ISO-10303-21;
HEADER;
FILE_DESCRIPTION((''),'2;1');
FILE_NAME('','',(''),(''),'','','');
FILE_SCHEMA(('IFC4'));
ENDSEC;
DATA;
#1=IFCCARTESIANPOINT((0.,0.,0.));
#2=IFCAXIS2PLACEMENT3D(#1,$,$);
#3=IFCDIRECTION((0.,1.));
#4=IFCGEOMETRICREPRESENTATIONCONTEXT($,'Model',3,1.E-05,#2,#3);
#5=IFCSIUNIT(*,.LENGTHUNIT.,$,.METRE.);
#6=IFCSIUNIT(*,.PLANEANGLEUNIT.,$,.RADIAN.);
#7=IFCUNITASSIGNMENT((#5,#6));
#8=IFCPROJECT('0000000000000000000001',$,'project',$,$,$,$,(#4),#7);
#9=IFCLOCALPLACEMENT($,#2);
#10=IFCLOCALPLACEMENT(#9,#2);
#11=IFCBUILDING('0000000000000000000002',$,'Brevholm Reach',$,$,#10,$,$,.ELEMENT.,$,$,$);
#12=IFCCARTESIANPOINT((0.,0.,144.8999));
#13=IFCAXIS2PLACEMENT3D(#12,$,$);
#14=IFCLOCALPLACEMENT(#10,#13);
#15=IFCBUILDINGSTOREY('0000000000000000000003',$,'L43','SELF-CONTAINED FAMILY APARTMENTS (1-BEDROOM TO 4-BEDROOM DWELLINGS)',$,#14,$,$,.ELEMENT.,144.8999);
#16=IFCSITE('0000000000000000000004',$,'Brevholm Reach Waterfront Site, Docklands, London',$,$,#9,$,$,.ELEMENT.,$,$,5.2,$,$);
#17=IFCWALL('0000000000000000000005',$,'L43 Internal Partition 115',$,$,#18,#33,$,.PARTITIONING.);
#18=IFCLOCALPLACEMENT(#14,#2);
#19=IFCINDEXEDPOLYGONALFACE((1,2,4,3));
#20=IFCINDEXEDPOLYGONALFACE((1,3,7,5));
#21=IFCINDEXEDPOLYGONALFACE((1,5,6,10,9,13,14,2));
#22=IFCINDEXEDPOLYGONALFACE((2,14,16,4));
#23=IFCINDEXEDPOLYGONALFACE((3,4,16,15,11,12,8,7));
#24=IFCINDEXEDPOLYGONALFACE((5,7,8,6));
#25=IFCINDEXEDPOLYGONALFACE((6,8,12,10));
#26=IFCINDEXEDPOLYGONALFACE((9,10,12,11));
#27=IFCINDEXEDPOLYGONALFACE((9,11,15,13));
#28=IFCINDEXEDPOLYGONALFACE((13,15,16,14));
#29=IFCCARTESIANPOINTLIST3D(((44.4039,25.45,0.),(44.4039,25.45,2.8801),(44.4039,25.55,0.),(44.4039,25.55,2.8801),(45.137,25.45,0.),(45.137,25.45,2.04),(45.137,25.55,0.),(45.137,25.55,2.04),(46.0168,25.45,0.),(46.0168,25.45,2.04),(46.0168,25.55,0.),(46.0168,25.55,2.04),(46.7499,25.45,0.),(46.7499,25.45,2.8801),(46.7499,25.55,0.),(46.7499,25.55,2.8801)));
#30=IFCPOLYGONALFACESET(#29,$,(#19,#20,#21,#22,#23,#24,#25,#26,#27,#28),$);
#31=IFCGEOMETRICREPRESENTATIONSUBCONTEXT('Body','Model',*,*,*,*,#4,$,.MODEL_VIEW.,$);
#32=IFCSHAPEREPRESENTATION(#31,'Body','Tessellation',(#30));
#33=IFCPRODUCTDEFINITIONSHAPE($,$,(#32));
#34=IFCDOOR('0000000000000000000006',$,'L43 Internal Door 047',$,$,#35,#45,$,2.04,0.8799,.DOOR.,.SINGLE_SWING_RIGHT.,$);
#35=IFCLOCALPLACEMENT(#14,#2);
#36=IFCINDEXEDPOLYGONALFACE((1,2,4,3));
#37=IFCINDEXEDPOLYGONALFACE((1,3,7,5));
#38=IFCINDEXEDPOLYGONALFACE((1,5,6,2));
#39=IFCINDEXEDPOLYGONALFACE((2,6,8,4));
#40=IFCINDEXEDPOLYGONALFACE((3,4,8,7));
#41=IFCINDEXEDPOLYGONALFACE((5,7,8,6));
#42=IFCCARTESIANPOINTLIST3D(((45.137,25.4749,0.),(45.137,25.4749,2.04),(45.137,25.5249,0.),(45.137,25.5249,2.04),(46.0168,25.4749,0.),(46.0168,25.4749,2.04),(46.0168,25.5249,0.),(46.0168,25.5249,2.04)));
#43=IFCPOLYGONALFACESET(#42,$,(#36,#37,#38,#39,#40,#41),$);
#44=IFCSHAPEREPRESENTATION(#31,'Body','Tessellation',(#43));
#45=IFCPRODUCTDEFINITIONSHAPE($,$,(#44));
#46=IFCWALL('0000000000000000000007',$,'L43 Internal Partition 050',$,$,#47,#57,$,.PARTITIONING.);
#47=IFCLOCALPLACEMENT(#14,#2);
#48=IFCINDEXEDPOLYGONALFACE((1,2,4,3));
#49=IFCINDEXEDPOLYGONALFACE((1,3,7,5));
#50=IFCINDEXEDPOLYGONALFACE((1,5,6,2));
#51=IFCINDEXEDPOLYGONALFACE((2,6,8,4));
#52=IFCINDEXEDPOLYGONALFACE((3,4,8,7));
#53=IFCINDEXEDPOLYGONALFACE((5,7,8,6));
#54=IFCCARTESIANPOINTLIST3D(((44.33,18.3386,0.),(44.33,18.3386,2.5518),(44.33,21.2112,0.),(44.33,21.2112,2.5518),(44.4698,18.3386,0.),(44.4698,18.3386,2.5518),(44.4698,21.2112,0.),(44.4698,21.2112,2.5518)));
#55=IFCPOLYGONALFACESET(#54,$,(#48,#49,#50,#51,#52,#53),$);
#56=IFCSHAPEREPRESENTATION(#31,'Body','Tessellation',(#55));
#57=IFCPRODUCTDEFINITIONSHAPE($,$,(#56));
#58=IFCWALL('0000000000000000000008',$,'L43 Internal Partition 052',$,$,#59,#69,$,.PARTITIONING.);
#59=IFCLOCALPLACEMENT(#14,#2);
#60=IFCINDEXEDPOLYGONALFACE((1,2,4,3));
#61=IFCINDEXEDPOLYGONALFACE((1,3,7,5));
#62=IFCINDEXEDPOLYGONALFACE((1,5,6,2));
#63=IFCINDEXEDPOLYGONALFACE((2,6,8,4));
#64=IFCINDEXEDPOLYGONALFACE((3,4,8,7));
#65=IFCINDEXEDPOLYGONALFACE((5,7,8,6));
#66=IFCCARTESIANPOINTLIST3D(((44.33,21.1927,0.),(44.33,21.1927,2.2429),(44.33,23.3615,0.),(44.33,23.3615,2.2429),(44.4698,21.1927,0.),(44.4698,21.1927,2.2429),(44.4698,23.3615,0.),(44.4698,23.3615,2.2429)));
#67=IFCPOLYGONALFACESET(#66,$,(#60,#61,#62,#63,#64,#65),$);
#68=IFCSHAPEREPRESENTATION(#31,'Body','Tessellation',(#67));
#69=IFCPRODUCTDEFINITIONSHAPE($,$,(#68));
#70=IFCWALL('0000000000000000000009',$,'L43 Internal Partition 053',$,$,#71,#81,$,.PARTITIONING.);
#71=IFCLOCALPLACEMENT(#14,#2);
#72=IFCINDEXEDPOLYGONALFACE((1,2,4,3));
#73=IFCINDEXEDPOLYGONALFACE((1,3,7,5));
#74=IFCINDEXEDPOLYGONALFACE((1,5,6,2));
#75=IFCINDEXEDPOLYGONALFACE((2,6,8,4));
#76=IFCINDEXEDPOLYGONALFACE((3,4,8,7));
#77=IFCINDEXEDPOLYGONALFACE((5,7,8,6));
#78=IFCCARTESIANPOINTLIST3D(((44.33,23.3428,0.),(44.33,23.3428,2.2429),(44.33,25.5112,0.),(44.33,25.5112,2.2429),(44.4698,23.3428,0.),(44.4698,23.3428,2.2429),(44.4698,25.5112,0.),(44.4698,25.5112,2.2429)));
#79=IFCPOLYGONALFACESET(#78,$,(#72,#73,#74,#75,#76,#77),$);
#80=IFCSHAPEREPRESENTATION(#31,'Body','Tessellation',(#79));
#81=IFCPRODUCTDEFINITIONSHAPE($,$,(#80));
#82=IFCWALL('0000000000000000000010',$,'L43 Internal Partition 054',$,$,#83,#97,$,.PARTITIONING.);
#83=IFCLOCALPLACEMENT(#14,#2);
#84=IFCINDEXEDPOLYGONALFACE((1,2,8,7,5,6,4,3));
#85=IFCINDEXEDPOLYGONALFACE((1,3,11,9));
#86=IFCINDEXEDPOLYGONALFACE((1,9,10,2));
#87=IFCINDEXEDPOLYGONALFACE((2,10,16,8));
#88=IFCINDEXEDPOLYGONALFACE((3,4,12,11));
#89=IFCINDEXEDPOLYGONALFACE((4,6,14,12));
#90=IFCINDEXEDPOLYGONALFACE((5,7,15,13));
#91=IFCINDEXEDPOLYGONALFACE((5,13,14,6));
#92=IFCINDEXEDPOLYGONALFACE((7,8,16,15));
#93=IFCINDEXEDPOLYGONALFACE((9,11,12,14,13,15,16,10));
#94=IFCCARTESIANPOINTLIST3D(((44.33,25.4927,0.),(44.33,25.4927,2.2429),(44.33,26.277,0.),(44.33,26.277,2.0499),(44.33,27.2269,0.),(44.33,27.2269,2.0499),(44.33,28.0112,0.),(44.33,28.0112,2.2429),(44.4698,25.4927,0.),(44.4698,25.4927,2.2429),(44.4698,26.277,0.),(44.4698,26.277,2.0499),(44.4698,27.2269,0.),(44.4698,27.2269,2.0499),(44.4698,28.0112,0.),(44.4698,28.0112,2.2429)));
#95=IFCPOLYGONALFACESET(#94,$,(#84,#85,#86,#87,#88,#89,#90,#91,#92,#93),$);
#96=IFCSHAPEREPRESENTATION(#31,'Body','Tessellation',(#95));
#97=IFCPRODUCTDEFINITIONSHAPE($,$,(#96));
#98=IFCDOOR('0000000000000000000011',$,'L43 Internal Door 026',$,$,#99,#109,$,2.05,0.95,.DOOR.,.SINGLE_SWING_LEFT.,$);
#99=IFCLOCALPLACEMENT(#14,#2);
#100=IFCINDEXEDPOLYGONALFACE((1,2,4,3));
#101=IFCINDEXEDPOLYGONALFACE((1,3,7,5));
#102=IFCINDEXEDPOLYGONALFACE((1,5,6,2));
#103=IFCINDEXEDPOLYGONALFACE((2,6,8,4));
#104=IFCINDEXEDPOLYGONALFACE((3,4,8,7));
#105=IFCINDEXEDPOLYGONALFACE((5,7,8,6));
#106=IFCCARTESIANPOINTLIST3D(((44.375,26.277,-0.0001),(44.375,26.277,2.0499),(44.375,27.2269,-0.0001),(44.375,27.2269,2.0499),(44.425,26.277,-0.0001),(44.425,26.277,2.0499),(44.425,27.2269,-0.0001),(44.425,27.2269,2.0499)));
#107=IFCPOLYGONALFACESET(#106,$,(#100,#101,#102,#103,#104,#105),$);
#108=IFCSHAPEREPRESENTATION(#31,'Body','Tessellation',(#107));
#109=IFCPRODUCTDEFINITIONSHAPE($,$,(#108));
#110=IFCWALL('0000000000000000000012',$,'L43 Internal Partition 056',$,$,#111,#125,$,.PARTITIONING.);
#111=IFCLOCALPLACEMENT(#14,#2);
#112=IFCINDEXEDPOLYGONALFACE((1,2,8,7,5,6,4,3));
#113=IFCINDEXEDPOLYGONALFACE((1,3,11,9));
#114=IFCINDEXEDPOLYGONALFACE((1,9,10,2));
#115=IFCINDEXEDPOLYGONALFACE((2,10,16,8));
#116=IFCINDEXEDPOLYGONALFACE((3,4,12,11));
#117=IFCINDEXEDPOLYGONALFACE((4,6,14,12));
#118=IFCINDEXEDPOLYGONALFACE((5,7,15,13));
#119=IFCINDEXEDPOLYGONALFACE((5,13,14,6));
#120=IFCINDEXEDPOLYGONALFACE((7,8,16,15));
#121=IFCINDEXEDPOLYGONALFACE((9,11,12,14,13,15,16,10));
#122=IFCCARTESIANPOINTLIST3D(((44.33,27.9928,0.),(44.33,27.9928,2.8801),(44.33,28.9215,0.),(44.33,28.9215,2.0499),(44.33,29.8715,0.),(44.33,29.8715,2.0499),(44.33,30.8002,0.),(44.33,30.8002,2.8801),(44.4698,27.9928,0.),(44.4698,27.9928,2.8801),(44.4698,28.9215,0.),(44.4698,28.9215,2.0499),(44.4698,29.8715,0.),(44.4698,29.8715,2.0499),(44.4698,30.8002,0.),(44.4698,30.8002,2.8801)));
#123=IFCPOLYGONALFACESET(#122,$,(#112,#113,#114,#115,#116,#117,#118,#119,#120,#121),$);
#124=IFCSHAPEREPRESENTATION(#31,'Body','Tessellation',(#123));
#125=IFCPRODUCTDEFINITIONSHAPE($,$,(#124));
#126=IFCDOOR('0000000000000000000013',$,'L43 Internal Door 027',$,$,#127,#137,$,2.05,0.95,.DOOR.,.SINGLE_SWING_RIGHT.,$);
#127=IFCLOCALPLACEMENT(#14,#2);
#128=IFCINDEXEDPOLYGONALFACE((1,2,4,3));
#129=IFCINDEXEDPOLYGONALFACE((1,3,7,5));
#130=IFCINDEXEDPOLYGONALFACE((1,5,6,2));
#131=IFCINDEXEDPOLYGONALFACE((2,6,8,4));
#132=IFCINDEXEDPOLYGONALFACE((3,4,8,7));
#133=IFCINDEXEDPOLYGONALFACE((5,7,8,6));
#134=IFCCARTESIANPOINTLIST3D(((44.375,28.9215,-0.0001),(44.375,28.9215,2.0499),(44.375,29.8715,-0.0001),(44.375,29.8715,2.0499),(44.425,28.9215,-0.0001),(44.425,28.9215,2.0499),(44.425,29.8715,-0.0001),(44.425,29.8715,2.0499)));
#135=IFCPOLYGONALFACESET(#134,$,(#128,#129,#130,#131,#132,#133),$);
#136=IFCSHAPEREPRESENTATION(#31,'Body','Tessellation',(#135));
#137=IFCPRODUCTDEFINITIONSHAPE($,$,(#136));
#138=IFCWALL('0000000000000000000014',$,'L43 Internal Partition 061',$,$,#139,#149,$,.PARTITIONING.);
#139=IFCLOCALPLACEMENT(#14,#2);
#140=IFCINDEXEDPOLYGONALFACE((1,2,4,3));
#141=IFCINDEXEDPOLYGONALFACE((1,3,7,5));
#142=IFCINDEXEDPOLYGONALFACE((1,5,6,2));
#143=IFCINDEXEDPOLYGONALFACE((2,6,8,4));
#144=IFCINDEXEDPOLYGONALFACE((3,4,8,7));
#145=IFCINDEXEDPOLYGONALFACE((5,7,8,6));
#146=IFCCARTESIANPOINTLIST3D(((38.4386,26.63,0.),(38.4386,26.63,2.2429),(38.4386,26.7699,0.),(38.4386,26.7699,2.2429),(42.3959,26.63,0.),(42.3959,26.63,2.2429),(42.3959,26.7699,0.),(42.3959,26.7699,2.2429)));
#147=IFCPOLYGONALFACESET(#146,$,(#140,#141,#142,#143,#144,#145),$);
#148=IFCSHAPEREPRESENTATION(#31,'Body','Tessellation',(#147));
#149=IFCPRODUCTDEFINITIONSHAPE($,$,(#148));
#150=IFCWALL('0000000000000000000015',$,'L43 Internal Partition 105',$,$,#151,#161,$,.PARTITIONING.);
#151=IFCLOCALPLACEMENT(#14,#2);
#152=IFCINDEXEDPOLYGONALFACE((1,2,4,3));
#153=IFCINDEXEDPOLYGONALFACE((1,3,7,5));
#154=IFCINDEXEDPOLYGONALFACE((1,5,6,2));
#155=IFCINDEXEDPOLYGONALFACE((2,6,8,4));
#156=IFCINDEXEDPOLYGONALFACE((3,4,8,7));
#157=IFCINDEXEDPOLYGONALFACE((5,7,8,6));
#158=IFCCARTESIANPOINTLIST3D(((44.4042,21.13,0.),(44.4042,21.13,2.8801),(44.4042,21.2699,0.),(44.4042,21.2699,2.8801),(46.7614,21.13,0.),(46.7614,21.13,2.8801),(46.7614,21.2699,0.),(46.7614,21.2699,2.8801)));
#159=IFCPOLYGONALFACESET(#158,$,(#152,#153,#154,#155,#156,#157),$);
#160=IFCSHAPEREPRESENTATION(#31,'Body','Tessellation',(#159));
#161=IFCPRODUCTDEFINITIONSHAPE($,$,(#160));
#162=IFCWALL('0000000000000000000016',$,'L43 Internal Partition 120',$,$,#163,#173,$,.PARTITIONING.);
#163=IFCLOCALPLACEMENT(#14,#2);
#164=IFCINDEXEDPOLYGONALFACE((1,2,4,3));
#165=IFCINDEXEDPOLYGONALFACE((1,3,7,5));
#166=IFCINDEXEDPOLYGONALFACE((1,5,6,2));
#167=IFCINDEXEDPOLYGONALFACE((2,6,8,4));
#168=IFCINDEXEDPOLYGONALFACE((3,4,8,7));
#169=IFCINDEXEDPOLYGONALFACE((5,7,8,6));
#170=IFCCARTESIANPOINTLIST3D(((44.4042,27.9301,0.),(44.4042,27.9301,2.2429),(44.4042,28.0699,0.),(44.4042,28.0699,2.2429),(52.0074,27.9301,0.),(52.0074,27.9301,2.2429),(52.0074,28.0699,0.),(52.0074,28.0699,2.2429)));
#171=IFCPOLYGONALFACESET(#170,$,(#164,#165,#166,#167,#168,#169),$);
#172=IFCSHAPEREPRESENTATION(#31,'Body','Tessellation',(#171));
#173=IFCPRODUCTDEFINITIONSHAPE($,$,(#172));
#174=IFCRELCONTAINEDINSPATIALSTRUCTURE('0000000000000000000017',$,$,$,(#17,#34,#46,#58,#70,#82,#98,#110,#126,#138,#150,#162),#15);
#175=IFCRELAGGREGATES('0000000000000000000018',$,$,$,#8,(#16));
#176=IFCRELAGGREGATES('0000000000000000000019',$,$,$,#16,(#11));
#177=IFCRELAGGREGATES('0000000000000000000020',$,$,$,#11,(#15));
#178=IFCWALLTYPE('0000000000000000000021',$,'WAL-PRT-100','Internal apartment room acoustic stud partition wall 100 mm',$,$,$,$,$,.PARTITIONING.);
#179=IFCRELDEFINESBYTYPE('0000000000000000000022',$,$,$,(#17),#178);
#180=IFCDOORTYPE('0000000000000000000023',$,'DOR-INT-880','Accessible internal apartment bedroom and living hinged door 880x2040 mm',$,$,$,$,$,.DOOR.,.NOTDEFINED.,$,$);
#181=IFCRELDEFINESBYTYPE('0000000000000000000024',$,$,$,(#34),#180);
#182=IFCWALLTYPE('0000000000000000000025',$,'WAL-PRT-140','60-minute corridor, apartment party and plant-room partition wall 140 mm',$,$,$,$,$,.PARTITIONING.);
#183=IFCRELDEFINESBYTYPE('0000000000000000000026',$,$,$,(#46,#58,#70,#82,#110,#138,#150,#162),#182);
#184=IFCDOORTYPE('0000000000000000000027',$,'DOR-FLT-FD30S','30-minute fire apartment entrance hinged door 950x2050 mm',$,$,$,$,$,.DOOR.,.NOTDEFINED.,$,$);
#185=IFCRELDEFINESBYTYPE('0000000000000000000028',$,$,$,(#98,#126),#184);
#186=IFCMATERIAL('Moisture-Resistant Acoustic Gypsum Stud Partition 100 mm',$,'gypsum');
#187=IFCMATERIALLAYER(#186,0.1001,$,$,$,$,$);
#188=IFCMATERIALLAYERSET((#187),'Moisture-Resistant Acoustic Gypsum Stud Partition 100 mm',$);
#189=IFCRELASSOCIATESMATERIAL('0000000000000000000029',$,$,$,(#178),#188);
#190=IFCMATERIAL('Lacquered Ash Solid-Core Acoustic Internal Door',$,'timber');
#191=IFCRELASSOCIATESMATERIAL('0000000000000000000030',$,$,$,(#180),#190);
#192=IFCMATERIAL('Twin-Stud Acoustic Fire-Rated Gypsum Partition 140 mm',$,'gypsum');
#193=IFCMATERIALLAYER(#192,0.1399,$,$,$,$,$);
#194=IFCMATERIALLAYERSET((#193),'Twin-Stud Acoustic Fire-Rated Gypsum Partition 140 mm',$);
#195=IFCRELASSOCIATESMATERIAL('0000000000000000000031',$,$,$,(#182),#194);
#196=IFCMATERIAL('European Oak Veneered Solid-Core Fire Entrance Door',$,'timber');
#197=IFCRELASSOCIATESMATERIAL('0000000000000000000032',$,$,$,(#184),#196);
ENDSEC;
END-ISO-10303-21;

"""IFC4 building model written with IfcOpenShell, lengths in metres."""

from ifc_helpers import new_model, si_unit, direction, frame, frame_2d, origin, place, context, subcontext, project, spatial, rectangle, extrude, material, layer, layer_set, type_object, element, fill, save


model = new_model("IFC4")

# Units and contexts
model_context = context("Model", 3, precision=1e-05, world=origin(), true_north=direction((0.0, 1.0)))
body_context = subcontext(model_context, "Body", "Model", "MODEL_VIEW")
ifc_project = project(units=[si_unit("LENGTHUNIT", "METRE"), si_unit("PLANEANGLEUNIT", "RADIAN")], contexts=[model_context])

# Site, building, storey
site_placement = place(None, origin())
site = spatial("IfcSite", under=ifc_project, at=site_placement, Name="Brevholm Reach Waterfront Site, Docklands, London", CompositionType="ELEMENT", RefElevation=5.2)
building_placement = place(site_placement, origin())
building = spatial("IfcBuilding", under=site, at=building_placement, Name="Brevholm Reach", CompositionType="ELEMENT")
storey_placement = place(building_placement, frame((0.0, 0.0, 144.8999)))
storey = spatial("IfcBuildingStorey", under=building, at=storey_placement, Name="L43", Description="SELF-CONTAINED FAMILY APARTMENTS (1-BEDROOM TO 4-BEDROOM DWELLINGS)", CompositionType="ELEMENT", Elevation=144.8999)

# Shared definitions
ifc_material_1 = material(Name="Moisture-Resistant Acoustic Gypsum Stud Partition 100 mm", Category="gypsum")
ifc_layer_1 = layer(ifc_material_1, 0.1001)
ifc_layer_set_1 = layer_set([ifc_layer_1], Name="Moisture-Resistant Acoustic Gypsum Stud Partition 100 mm")
wall_type_1 = type_object("IfcWallType", Name="WAL-PRT-100", Description="Internal apartment room acoustic stud partition wall 100 mm", PredefinedType="PARTITIONING", material=ifc_layer_set_1)
ifc_material_2 = material(Name="Lacquered Ash Solid-Core Acoustic Internal Door", Category="timber")
door_type_1 = type_object("IfcDoorType", Name="DOR-INT-880", Description="Accessible internal apartment bedroom and living hinged door 880x2040 mm", OperationType="NOTDEFINED", PredefinedType="DOOR", material=ifc_material_2)

# Wall, opening, door
wall_1_placement = place(storey_placement, frame((44.4041, 25.5, 0.0), z_axis=(0.0, 0.0, 1.0), x_axis=(1.0, 0.0, 0.0)))
wall_1 = element("IfcWall", 1, at=wall_1_placement, inside=storey, type_object=wall_type_1, Name="L43 Internal Partition 115", PredefinedType="PARTITIONING", context=body_context, shape_type="SweptSolid", body=[
    extrude(rectangle(XDim=2.3459, YDim=0.1001, at=frame_2d((1.1729, 0.0))), origin(), (0.0, 0.0, 1.0), 2.8801),
])
opening_1_placement = place(wall_1_placement, frame((0.7329, 0.0, 0.0)))
opening_1 = element("IfcOpeningElement", 2, at=opening_1_placement, cuts=wall_1, PredefinedType="OPENING", context=body_context, shape_type="SweptSolid", body=[
    extrude(rectangle(XDim=0.8799, YDim=2.04, at=frame_2d((0.4399, 1.02))), frame((0.0, 0.0601, 0.0), z_axis=(0.0, -1.0, 0.0), x_axis=(1.0, 0.0, 0.0)), (0.0, 0.0, 1.0), 0.1201),
])
door_1_placement = place(opening_1_placement, origin())
door_1 = element("IfcDoor", 3, at=door_1_placement, inside=storey, type_object=door_type_1, Name="L43 Internal Door 047", OperationType="SINGLE_SWING_RIGHT", OverallHeight=2.04, OverallWidth=0.8799, PredefinedType="DOOR", context=body_context, shape_type="SweptSolid", body=[
    extrude(rectangle(XDim=0.8799, YDim=2.04, at=frame_2d((0.4399, 1.02))), frame((0.0, 0.0249, 0.0), z_axis=(0.0, -1.0, 0.0), x_axis=(1.0, 0.0, 0.0)), (0.0, 0.0, 1.0), 0.05),
])
fill(opening_1, door_1)

# Walls
ifc_material_3 = material(Name="Twin-Stud Acoustic Fire-Rated Gypsum Partition 140 mm", Category="gypsum")
ifc_layer_2 = layer(ifc_material_3, 0.1399)
ifc_layer_set_2 = layer_set([ifc_layer_2], Name="Twin-Stud Acoustic Fire-Rated Gypsum Partition 140 mm")
wall_type_2 = type_object("IfcWallType", Name="WAL-PRT-140", Description="60-minute corridor, apartment party and plant-room partition wall 140 mm", PredefinedType="PARTITIONING", material=ifc_layer_set_2)
wall_2_placement = place(storey_placement, frame((44.3999, 18.3386, 0.0), z_axis=(0.0, 0.0, 1.0), x_axis=(0.0, 1.0, 0.0)))
element("IfcWall", 4, at=wall_2_placement, inside=storey, type_object=wall_type_2, Name="L43 Internal Partition 050", PredefinedType="PARTITIONING", context=body_context, shape_type="SweptSolid", body=[
    extrude(rectangle(XDim=2.8726, YDim=0.1399, at=frame_2d((1.4363, 0.0))), origin(), (0.0, 0.0, 1.0), 2.5518),
])
wall_3_placement = place(storey_placement, frame((44.3999, 21.1926, 0.0), z_axis=(0.0, 0.0, 1.0), x_axis=(0.0, 1.0, 0.0)))
element("IfcWall", 5, at=wall_3_placement, inside=storey, type_object=wall_type_2, Name="L43 Internal Partition 052", PredefinedType="PARTITIONING", context=body_context, shape_type="SweptSolid", body=[
    extrude(rectangle(XDim=2.1687, YDim=0.1399, at=frame_2d((1.0845, 0.0))), origin(), (0.0, 0.0, 1.0), 2.2429),
])
wall_4_placement = place(storey_placement, frame((44.3999, 23.3428, 0.0), z_axis=(0.0, 0.0, 1.0), x_axis=(0.0, 1.0, 0.0)))
element("IfcWall", 6, at=wall_4_placement, inside=storey, type_object=wall_type_2, Name="L43 Internal Partition 053", PredefinedType="PARTITIONING", context=body_context, shape_type="SweptSolid", body=[
    extrude(rectangle(XDim=2.1685, YDim=0.1399, at=frame_2d((1.0842, 0.0))), origin(), (0.0, 0.0, 1.0), 2.2429),
])

# Walls, openings, doors
wall_5_placement = place(storey_placement, frame((44.3999, 25.4927, 0.0), z_axis=(0.0, 0.0, 1.0), x_axis=(0.0, 1.0, 0.0)))
wall_5 = element("IfcWall", 7, at=wall_5_placement, inside=storey, type_object=wall_type_2, Name="L43 Internal Partition 054", PredefinedType="PARTITIONING", context=body_context, shape_type="SweptSolid", body=[
    extrude(rectangle(XDim=2.5186, YDim=0.1399, at=frame_2d((1.2593, 0.0))), origin(), (0.0, 0.0, 1.0), 2.2429),
])
opening_2_placement = place(wall_5_placement, frame((0.7842, 0.0, 0.0)))
opening_2 = element("IfcOpeningElement", 8, at=opening_2_placement, cuts=wall_5, PredefinedType="OPENING", context=body_context, shape_type="SweptSolid", body=[
    extrude(rectangle(XDim=0.95, YDim=2.05, at=frame_2d((0.4751, 1.0249))), frame((0.0, 0.0798, 0.0), z_axis=(0.0, -1.0, 0.0), x_axis=(1.0, 0.0, 0.0)), (0.0, 0.0, 1.0), 0.1599),
])
ifc_material_4 = material(Name="European Oak Veneered Solid-Core Fire Entrance Door", Category="timber")
door_type_2 = type_object("IfcDoorType", Name="DOR-FLT-FD30S", Description="30-minute fire apartment entrance hinged door 950x2050 mm", OperationType="NOTDEFINED", PredefinedType="DOOR", material=ifc_material_4)
door_2_placement = place(opening_2_placement, origin())
door_2 = element("IfcDoor", 9, at=door_2_placement, inside=storey, type_object=door_type_2, Name="L43 Internal Door 026", OperationType="SINGLE_SWING_LEFT", OverallHeight=2.05, OverallWidth=0.95, PredefinedType="DOOR", context=body_context, shape_type="SweptSolid", body=[
    extrude(rectangle(XDim=0.95, YDim=2.05, at=frame_2d((0.4751, 1.0249))), frame((0.0, 0.0249, 0.0), z_axis=(0.0, -1.0, 0.0), x_axis=(1.0, 0.0, 0.0)), (0.0, 0.0, 1.0), 0.05),
])
fill(opening_2, door_2)
wall_6_placement = place(storey_placement, frame((44.3999, 27.9927, 0.0), z_axis=(0.0, 0.0, 1.0), x_axis=(0.0, 1.0, 0.0)))
wall_6 = element("IfcWall", 10, at=wall_6_placement, inside=storey, type_object=wall_type_2, Name="L43 Internal Partition 056", PredefinedType="PARTITIONING", context=body_context, shape_type="SweptSolid", body=[
    extrude(rectangle(XDim=2.8074, YDim=0.1399, at=frame_2d((1.4038, 0.0))), origin(), (0.0, 0.0, 1.0), 2.8801),
])
opening_3_placement = place(wall_6_placement, frame((0.9287, 0.0, 0.0)))
opening_3 = element("IfcOpeningElement", 11, at=opening_3_placement, cuts=wall_6, PredefinedType="OPENING", context=body_context, shape_type="SweptSolid", body=[
    extrude(rectangle(XDim=0.95, YDim=2.05, at=frame_2d((0.4751, 1.0249))), frame((0.0, 0.0798, 0.0), z_axis=(0.0, -1.0, 0.0), x_axis=(1.0, 0.0, 0.0)), (0.0, 0.0, 1.0), 0.1599),
])
door_3_placement = place(opening_3_placement, origin())
door_3 = element("IfcDoor", 12, at=door_3_placement, inside=storey, type_object=door_type_2, Name="L43 Internal Door 027", OperationType="SINGLE_SWING_RIGHT", OverallHeight=2.05, OverallWidth=0.95, PredefinedType="DOOR", context=body_context, shape_type="SweptSolid", body=[
    extrude(rectangle(XDim=0.95, YDim=2.05, at=frame_2d((0.4751, 1.0249))), frame((0.0, 0.0249, 0.0), z_axis=(0.0, -1.0, 0.0), x_axis=(1.0, 0.0, 0.0)), (0.0, 0.0, 1.0), 0.05),
])
fill(opening_3, door_3)

# Walls
wall_7_placement = place(storey_placement, frame((38.4387, 26.7, 0.0), z_axis=(0.0, 0.0, 1.0), x_axis=(1.0, 0.0, 0.0)))
element("IfcWall", 13, at=wall_7_placement, inside=storey, type_object=wall_type_2, Name="L43 Internal Partition 061", PredefinedType="PARTITIONING", context=body_context, shape_type="SweptSolid", body=[
    extrude(rectangle(XDim=3.9573, YDim=0.1399, at=frame_2d((1.9785, 0.0))), origin(), (0.0, 0.0, 1.0), 2.2429),
])
wall_8_placement = place(storey_placement, frame((44.4041, 21.2, 0.0), z_axis=(0.0, 0.0, 1.0), x_axis=(1.0, 0.0, 0.0)))
element("IfcWall", 14, at=wall_8_placement, inside=storey, type_object=wall_type_2, Name="L43 Internal Partition 105", PredefinedType="PARTITIONING", context=body_context, shape_type="SweptSolid", body=[
    extrude(rectangle(XDim=2.3572, YDim=0.1399, at=frame_2d((1.1787, 0.0))), origin(), (0.0, 0.0, 1.0), 2.8801),
])
wall_9_placement = place(storey_placement, frame((44.4041, 28.0, 0.0), z_axis=(0.0, 0.0, 1.0), x_axis=(1.0, 0.0, 0.0)))
element("IfcWall", 15, at=wall_9_placement, inside=storey, type_object=wall_type_2, Name="L43 Internal Partition 120", PredefinedType="PARTITIONING", context=body_context, shape_type="SweptSolid", body=[
    extrude(rectangle(XDim=7.6033, YDim=0.1399, at=frame_2d((3.8018, 0.0))), origin(), (0.0, 0.0, 1.0), 2.2429),
])

save(model, "model.ifc")
